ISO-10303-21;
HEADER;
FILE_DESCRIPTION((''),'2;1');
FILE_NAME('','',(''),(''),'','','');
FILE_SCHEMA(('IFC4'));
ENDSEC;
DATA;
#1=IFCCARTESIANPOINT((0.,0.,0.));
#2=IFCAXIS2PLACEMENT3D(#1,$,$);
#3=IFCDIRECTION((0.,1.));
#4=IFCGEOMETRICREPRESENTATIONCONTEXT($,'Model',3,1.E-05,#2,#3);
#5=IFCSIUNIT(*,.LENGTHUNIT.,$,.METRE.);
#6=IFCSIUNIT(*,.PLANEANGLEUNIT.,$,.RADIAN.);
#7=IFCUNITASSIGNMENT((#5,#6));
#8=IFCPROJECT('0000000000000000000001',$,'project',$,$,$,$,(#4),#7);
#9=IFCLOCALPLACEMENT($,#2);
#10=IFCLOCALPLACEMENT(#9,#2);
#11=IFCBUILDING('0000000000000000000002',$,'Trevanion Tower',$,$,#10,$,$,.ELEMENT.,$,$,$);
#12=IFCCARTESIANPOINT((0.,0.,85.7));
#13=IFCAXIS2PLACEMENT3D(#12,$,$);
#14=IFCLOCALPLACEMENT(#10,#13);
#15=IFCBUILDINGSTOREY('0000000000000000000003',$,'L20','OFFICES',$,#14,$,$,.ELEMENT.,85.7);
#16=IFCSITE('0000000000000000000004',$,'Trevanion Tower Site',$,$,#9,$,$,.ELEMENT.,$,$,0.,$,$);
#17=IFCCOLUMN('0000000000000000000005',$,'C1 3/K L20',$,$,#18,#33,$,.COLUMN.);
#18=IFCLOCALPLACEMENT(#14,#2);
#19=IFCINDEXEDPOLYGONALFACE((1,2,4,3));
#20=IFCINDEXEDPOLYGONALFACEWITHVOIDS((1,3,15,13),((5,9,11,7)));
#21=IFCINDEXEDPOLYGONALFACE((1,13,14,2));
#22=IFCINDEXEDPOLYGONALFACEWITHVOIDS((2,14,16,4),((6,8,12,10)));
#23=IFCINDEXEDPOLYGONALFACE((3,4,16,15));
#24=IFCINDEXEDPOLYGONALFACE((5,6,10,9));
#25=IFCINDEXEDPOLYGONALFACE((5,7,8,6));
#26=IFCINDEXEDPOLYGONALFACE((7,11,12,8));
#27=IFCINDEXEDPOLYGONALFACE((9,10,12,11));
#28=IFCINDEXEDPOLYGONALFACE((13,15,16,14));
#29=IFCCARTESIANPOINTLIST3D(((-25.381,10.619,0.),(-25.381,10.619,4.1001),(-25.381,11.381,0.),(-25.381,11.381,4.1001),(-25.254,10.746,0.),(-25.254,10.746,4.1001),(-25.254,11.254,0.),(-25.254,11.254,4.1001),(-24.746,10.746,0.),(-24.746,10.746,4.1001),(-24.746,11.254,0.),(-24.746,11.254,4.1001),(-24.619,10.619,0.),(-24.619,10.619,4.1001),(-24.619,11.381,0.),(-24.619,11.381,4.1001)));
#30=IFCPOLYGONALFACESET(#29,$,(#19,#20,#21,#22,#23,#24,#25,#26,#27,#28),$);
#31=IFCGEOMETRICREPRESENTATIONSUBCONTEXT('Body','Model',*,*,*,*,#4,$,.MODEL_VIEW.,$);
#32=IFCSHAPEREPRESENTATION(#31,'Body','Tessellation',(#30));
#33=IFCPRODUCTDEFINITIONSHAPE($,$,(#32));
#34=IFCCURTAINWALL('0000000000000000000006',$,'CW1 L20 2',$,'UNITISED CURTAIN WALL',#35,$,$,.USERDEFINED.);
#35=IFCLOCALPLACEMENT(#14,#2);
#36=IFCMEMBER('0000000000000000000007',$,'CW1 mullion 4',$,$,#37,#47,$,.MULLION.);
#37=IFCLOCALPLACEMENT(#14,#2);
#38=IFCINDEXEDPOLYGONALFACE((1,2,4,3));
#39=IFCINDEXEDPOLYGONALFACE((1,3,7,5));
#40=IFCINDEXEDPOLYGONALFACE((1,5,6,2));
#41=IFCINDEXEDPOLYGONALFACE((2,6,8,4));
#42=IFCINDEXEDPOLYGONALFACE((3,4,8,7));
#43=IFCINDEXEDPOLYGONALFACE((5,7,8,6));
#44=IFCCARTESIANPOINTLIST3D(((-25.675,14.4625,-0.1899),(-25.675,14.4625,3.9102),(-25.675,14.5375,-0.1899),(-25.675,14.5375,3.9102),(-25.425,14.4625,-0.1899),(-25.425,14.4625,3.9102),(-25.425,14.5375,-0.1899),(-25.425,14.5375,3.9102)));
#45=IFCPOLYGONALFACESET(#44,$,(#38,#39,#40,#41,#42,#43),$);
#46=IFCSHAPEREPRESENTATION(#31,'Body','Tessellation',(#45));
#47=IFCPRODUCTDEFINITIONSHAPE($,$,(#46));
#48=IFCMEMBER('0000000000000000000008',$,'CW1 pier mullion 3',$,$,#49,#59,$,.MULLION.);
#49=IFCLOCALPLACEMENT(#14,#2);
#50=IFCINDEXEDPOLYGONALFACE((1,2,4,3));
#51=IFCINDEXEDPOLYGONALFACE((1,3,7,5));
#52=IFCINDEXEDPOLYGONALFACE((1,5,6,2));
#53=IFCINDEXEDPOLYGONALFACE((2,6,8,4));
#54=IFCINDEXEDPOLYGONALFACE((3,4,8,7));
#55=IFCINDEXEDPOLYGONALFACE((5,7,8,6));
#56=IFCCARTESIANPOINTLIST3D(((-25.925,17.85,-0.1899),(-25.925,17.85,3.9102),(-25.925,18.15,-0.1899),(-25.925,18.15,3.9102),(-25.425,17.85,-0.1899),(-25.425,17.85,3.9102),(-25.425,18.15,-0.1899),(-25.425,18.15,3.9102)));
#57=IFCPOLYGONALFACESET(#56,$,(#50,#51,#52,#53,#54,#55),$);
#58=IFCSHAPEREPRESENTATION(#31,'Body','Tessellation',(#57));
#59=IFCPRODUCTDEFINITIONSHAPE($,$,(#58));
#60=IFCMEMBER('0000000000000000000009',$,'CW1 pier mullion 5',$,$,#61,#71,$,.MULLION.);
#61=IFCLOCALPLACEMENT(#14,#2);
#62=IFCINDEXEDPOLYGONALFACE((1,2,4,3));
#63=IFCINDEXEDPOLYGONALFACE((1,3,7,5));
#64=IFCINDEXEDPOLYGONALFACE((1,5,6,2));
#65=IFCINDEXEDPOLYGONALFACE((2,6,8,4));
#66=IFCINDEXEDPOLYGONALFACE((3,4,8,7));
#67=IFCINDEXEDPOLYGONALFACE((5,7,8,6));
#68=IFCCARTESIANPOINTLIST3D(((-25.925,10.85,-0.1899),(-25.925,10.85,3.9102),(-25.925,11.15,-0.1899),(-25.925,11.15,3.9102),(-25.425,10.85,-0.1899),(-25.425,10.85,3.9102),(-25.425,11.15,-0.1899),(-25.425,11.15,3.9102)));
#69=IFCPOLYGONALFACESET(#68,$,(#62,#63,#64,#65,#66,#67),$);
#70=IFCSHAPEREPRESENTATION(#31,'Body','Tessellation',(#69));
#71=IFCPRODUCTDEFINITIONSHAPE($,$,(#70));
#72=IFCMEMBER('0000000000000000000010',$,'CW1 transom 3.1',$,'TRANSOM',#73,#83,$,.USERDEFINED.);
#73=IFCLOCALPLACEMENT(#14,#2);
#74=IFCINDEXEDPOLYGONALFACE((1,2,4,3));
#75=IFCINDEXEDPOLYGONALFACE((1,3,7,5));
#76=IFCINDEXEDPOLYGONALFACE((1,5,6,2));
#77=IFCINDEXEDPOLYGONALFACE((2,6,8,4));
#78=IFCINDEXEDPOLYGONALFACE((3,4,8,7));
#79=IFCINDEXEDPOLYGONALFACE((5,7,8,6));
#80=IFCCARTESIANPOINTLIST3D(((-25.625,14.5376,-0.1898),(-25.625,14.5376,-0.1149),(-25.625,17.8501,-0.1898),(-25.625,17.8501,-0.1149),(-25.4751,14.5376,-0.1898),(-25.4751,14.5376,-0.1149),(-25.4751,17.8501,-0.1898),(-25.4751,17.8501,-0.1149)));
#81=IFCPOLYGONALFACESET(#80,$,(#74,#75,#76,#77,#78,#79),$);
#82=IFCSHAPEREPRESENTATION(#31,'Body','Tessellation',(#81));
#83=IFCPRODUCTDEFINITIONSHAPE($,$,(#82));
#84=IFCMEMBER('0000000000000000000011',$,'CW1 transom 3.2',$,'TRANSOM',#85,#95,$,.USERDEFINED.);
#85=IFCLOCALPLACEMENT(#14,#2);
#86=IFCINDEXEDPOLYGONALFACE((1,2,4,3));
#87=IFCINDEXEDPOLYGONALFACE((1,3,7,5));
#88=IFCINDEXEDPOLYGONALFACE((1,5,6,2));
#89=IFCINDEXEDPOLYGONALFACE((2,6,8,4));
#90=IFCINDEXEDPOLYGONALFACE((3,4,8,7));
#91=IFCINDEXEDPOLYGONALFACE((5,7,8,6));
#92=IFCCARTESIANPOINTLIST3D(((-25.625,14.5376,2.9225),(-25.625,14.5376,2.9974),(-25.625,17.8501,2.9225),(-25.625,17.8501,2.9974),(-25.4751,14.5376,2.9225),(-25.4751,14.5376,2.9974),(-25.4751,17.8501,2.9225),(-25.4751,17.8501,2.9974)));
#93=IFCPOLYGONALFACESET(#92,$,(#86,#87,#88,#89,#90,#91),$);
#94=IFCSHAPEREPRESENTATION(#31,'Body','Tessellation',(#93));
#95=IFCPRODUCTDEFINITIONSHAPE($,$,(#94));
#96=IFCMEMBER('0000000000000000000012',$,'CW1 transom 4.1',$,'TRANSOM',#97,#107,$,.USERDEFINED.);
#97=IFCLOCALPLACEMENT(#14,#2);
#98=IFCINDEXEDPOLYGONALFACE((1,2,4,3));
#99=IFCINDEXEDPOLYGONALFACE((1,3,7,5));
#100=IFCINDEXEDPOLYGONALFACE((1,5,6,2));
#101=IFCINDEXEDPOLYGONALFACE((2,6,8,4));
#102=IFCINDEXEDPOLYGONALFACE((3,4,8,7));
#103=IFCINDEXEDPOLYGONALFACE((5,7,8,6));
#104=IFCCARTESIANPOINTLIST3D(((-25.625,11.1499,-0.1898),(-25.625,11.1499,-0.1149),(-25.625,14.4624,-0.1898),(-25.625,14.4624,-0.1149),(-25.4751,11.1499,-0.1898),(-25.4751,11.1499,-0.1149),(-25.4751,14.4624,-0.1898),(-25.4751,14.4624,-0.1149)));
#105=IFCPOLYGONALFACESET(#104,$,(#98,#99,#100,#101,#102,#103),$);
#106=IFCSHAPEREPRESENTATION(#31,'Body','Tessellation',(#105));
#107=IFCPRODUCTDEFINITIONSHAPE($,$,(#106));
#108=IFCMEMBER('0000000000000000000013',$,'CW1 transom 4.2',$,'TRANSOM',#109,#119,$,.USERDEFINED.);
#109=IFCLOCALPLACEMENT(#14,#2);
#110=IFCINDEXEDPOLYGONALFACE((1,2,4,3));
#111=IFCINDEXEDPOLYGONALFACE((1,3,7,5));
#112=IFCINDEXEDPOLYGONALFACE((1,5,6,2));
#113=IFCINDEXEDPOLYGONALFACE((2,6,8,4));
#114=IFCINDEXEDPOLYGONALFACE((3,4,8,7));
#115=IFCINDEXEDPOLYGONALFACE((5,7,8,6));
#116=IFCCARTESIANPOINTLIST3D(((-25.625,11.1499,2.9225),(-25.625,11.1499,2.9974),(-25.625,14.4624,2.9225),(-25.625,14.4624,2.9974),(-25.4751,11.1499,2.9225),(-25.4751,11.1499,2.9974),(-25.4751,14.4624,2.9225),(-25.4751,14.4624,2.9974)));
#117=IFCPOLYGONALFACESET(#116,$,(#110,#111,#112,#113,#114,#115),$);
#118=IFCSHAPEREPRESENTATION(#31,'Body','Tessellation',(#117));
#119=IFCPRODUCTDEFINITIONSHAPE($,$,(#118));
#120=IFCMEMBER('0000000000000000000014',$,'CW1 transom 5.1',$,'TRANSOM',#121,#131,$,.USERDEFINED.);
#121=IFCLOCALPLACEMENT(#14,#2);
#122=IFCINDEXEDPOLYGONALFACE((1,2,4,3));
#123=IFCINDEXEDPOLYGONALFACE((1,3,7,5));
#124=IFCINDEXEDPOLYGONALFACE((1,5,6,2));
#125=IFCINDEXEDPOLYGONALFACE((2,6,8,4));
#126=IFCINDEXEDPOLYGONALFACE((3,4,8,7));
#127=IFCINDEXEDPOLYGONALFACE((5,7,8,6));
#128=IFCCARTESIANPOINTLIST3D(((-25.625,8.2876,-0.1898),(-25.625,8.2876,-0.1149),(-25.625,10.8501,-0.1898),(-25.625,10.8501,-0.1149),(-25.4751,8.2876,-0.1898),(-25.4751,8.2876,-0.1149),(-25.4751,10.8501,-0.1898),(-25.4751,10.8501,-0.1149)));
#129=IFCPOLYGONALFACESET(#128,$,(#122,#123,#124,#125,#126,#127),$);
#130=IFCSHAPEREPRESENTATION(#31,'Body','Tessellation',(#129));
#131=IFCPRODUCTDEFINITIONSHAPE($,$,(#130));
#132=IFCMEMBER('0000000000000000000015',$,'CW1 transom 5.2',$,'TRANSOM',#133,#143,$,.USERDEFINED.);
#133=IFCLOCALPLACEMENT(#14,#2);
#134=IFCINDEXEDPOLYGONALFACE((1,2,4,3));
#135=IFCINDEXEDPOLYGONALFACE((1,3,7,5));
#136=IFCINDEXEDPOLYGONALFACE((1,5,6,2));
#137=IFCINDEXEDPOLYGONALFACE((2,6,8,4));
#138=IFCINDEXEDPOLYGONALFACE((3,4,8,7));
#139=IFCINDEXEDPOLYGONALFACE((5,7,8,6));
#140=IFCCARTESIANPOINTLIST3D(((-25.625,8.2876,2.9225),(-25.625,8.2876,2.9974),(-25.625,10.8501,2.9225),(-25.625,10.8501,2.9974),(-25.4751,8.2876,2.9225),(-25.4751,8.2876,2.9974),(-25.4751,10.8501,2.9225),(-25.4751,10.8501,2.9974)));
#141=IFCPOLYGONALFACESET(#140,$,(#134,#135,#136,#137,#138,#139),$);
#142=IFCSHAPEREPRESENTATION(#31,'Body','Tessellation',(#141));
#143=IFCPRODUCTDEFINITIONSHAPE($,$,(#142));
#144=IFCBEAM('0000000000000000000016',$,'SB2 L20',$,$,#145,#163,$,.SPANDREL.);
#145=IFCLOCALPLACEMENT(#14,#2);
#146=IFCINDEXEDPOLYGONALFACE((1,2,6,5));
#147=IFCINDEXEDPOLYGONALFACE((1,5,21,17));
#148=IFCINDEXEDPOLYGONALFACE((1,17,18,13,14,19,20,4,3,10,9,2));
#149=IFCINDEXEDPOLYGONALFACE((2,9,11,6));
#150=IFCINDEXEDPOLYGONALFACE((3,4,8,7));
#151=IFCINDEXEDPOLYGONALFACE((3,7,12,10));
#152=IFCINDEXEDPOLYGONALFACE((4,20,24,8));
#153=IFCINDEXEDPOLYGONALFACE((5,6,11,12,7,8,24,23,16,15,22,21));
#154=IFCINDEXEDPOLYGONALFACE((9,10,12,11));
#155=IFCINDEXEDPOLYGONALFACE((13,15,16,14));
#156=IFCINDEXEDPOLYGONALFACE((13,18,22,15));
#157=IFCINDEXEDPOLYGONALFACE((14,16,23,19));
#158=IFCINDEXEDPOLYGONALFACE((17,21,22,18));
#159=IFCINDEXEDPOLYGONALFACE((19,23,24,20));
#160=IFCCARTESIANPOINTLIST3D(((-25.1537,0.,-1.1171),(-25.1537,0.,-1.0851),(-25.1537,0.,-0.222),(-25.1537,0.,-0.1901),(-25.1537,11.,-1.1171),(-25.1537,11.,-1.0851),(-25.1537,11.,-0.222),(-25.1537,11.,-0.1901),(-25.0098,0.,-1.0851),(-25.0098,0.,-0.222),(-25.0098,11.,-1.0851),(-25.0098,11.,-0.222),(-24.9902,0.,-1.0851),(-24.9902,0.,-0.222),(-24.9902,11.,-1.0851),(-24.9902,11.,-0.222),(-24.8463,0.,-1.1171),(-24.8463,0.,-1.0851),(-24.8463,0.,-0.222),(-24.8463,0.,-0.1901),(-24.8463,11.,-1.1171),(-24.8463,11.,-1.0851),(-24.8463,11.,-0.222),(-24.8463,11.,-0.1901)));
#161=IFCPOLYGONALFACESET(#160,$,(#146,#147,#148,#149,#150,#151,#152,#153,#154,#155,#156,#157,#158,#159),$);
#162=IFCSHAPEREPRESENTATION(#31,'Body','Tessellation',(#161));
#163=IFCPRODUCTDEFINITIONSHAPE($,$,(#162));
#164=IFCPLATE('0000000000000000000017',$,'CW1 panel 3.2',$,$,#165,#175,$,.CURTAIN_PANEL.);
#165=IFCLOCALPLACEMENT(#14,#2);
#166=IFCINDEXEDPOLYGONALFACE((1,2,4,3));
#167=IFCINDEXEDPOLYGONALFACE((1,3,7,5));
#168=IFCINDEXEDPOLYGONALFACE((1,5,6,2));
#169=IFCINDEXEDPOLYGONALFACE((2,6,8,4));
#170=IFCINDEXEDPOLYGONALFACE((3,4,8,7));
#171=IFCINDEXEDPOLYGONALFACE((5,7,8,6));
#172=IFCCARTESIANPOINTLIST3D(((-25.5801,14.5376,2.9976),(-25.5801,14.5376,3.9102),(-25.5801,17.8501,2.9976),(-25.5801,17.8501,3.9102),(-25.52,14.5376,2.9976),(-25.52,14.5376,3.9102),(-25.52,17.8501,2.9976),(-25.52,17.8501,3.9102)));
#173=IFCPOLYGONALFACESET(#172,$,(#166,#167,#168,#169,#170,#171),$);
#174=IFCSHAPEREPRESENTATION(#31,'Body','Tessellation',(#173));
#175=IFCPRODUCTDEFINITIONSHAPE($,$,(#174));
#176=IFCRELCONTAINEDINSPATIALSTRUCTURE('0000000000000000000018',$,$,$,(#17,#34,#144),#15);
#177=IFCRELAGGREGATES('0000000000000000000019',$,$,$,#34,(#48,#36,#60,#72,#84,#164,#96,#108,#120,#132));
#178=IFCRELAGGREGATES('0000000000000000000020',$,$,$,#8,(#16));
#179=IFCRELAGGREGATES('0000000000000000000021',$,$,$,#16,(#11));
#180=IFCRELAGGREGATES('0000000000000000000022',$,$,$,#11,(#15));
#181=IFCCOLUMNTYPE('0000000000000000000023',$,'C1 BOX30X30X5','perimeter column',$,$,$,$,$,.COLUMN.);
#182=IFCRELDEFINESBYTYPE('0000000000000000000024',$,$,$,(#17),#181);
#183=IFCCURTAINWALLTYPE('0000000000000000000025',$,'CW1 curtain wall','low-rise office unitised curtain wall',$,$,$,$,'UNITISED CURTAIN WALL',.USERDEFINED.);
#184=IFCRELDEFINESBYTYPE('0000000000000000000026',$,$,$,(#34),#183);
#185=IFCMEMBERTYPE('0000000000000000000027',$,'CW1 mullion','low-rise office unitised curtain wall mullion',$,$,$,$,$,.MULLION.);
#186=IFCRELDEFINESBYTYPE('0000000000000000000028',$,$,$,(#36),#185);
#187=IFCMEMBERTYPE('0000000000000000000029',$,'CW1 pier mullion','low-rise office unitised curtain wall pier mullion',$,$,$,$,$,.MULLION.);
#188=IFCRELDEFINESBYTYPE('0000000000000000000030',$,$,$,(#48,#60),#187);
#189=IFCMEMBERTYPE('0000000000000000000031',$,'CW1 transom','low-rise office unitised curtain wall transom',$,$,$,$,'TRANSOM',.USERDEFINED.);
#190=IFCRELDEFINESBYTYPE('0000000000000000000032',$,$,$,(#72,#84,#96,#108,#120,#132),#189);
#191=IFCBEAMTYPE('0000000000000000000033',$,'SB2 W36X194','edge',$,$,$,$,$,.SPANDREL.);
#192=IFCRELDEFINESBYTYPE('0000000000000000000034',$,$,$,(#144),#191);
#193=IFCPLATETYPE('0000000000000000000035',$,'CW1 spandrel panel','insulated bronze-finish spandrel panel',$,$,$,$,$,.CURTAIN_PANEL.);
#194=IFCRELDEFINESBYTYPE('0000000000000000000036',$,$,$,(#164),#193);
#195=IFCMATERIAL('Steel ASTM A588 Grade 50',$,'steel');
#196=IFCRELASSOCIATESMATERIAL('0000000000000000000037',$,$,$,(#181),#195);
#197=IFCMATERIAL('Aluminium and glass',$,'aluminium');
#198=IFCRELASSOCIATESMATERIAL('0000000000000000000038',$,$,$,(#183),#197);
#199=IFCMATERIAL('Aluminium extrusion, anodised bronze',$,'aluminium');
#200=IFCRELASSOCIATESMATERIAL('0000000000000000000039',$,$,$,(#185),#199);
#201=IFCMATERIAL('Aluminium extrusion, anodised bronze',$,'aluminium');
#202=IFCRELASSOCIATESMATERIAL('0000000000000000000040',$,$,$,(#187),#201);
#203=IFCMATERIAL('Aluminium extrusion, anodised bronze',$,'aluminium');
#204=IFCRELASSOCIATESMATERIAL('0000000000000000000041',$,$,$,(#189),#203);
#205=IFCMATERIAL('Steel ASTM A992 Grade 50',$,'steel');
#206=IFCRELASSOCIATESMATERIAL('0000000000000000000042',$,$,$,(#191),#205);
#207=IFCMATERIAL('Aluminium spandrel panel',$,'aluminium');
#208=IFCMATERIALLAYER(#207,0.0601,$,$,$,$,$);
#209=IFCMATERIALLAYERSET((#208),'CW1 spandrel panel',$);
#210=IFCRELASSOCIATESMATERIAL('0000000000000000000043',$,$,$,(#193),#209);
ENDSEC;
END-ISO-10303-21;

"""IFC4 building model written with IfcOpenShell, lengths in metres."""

from ifc_helpers import new_model, si_unit, direction, frame, origin, origin_2d, place, context, subcontext, project, spatial, rectangle, hollow_rectangle, i_section, extrude, material, layer, layer_set, material_profile, profile_set, type_object, element, aggregate, save


model = new_model("IFC4")

# Units and contexts
model_context = context("Model", 3, precision=1e-05, world=origin(), true_north=direction((0.0, 1.0)))
body_context = subcontext(model_context, "Body", "Model", "MODEL_VIEW")
ifc_project = project(units=[si_unit("LENGTHUNIT", "METRE"), si_unit("PLANEANGLEUNIT", "RADIAN")], contexts=[model_context])

# Site, building, storey
site_placement = place(None, origin())
site = spatial("IfcSite", under=ifc_project, at=site_placement, Name="Trevanion Tower Site", CompositionType="ELEMENT", RefElevation=0.0)
building_placement = place(site_placement, origin())
building = spatial("IfcBuilding", under=site, at=building_placement, Name="Trevanion Tower", CompositionType="ELEMENT")
storey_placement = place(building_placement, frame((0.0, 0.0, 85.7)))
storey = spatial("IfcBuildingStorey", under=building, at=storey_placement, Name="L20", Description="OFFICES", CompositionType="ELEMENT", Elevation=85.7)

# Column
ifc_material_1 = material(Name="Steel ASTM A588 Grade 50", Category="steel")
ifc_material_profile_1 = material_profile(ifc_material_1, hollow_rectangle(XDim=0.762, YDim=0.762, WallThickness=0.127, at=origin_2d()), Name="BOX30X30X5")
ifc_profile_set_1 = profile_set([ifc_material_profile_1], Name="Steel ASTM A588 Grade 50")
column_type = type_object("IfcColumnType", Name="C1 BOX30X30X5", Description="perimeter column", PredefinedType="COLUMN", material=ifc_profile_set_1)
column_placement = place(storey_placement, frame((-25.0, 11.0, 0.0), z_axis=(0.0, 0.0, 1.0), x_axis=(0.0, 1.0, 0.0)))
element("IfcColumn", 1, at=column_placement, inside=storey, type_object=column_type, Name="C1 3/K L20", PredefinedType="COLUMN", context=body_context, shape_type="SweptSolid", body=[
    extrude(hollow_rectangle(XDim=0.762, YDim=0.762, WallThickness=0.127, at=origin_2d()), origin(), (0.0, 0.0, 1.0), 4.1001),
])

# Curtain wall, members
ifc_material_2 = material(Name="Aluminium and glass", Category="aluminium")
curtain_wall_type = type_object("IfcCurtainWallType", Name="CW1 curtain wall", Description="low-rise office unitised curtain wall", ElementType="UNITISED CURTAIN WALL", PredefinedType="USERDEFINED", material=ifc_material_2)
curtain_wall_placement = place(storey_placement, origin())
curtain_wall = element("IfcCurtainWall", 2, at=curtain_wall_placement, inside=storey, type_object=curtain_wall_type, Name="CW1 L20 2", ObjectType="UNITISED CURTAIN WALL", PredefinedType="USERDEFINED")
ifc_material_3 = material(Name="Aluminium extrusion, anodised bronze", Category="aluminium")
ifc_material_profile_2 = material_profile(ifc_material_3, rectangle(XDim=0.075, YDim=0.25, at=origin_2d()), Name="CW1 mullion")
ifc_profile_set_2 = profile_set([ifc_material_profile_2], Name="Aluminium extrusion, anodised bronze")
member_type_1 = type_object("IfcMemberType", Name="CW1 mullion", Description="low-rise office unitised curtain wall mullion", PredefinedType="MULLION", material=ifc_profile_set_2)
member_1_placement = place(storey_placement, frame((-25.55, 14.5, -0.1899), z_axis=(0.0, 0.0, 1.0), x_axis=(0.0, -1.0, 0.0)))
member_1 = element("IfcMember", 3, at=member_1_placement, type_object=member_type_1, Name="CW1 mullion 4", PredefinedType="MULLION", context=body_context, shape_type="SweptSolid", body=[
    extrude(rectangle(XDim=0.075, YDim=0.25, at=origin_2d()), origin(), (0.0, 0.0, 1.0), 4.1001),
])
ifc_material_4 = material(Name="Aluminium extrusion, anodised bronze", Category="aluminium")
ifc_material_profile_3 = material_profile(ifc_material_4, rectangle(XDim=0.3, YDim=0.5, at=origin_2d()), Name="CW1 pier mullion")
ifc_profile_set_3 = profile_set([ifc_material_profile_3], Name="Aluminium extrusion, anodised bronze")
member_type_2 = type_object("IfcMemberType", Name="CW1 pier mullion", Description="low-rise office unitised curtain wall pier mullion", PredefinedType="MULLION", material=ifc_profile_set_3)
member_2_placement = place(storey_placement, frame((-25.675, 18.0, -0.1899), z_axis=(0.0, 0.0, 1.0), x_axis=(0.0, -1.0, 0.0)))
member_2 = element("IfcMember", 4, at=member_2_placement, type_object=member_type_2, Name="CW1 pier mullion 3", PredefinedType="MULLION", context=body_context, shape_type="SweptSolid", body=[
    extrude(rectangle(XDim=0.3, YDim=0.5, at=origin_2d()), origin(), (0.0, 0.0, 1.0), 4.1001),
])
member_3_placement = place(storey_placement, frame((-25.675, 11.0, -0.1899), z_axis=(0.0, 0.0, 1.0), x_axis=(0.0, -1.0, 0.0)))
member_3 = element("IfcMember", 5, at=member_3_placement, type_object=member_type_2, Name="CW1 pier mullion 5", PredefinedType="MULLION", context=body_context, shape_type="SweptSolid", body=[
    extrude(rectangle(XDim=0.3, YDim=0.5, at=origin_2d()), origin(), (0.0, 0.0, 1.0), 4.1001),
])
ifc_material_5 = material(Name="Aluminium extrusion, anodised bronze", Category="aluminium")
ifc_material_profile_4 = material_profile(ifc_material_5, rectangle(XDim=0.1499, YDim=0.075, at=origin_2d()), Name="CW1 transom")
ifc_profile_set_4 = profile_set([ifc_material_profile_4], Name="Aluminium extrusion, anodised bronze")
member_type_3 = type_object("IfcMemberType", Name="CW1 transom", Description="low-rise office unitised curtain wall transom", ElementType="TRANSOM", PredefinedType="USERDEFINED", material=ifc_profile_set_4)
member_4_placement = place(storey_placement, frame((-25.55, 17.8501, -0.1523), z_axis=(0.0, -1.0, 0.0), x_axis=(1.0, 0.0, 0.0)))
member_4 = element("IfcMember", 6, at=member_4_placement, type_object=member_type_3, Name="CW1 transom 3.1", ObjectType="TRANSOM", PredefinedType="USERDEFINED", context=body_context, shape_type="SweptSolid", body=[
    extrude(rectangle(XDim=0.1499, YDim=0.075, at=origin_2d()), origin(), (0.0, 0.0, 1.0), 3.3125),
])
member_5_placement = place(storey_placement, frame((-25.55, 17.8501, 2.96), z_axis=(0.0, -1.0, 0.0), x_axis=(1.0, 0.0, 0.0)))
member_5 = element("IfcMember", 7, at=member_5_placement, type_object=member_type_3, Name="CW1 transom 3.2", ObjectType="TRANSOM", PredefinedType="USERDEFINED", context=body_context, shape_type="SweptSolid", body=[
    extrude(rectangle(XDim=0.1499, YDim=0.075, at=origin_2d()), origin(), (0.0, 0.0, 1.0), 3.3125),
])
member_6_placement = place(storey_placement, frame((-25.55, 14.4624, -0.1523), z_axis=(0.0, -1.0, 0.0), x_axis=(1.0, 0.0, 0.0)))
member_6 = element("IfcMember", 8, at=member_6_placement, type_object=member_type_3, Name="CW1 transom 4.1", ObjectType="TRANSOM", PredefinedType="USERDEFINED", context=body_context, shape_type="SweptSolid", body=[
    extrude(rectangle(XDim=0.1499, YDim=0.075, at=origin_2d()), origin(), (0.0, 0.0, 1.0), 3.3125),
])
member_7_placement = place(storey_placement, frame((-25.55, 14.4624, 2.96), z_axis=(0.0, -1.0, 0.0), x_axis=(1.0, 0.0, 0.0)))
member_7 = element("IfcMember", 9, at=member_7_placement, type_object=member_type_3, Name="CW1 transom 4.2", ObjectType="TRANSOM", PredefinedType="USERDEFINED", context=body_context, shape_type="SweptSolid", body=[
    extrude(rectangle(XDim=0.1499, YDim=0.075, at=origin_2d()), origin(), (0.0, 0.0, 1.0), 3.3125),
])
member_8_placement = place(storey_placement, frame((-25.55, 10.8501, -0.1523), z_axis=(0.0, -1.0, 0.0), x_axis=(1.0, 0.0, 0.0)))
member_8 = element("IfcMember", 10, at=member_8_placement, type_object=member_type_3, Name="CW1 transom 5.1", ObjectType="TRANSOM", PredefinedType="USERDEFINED", context=body_context, shape_type="SweptSolid", body=[
    extrude(rectangle(XDim=0.1499, YDim=0.075, at=origin_2d()), origin(), (0.0, 0.0, 1.0), 2.5625),
])
member_9_placement = place(storey_placement, frame((-25.55, 10.8501, 2.96), z_axis=(0.0, -1.0, 0.0), x_axis=(1.0, 0.0, 0.0)))
member_9 = element("IfcMember", 11, at=member_9_placement, type_object=member_type_3, Name="CW1 transom 5.2", ObjectType="TRANSOM", PredefinedType="USERDEFINED", context=body_context, shape_type="SweptSolid", body=[
    extrude(rectangle(XDim=0.1499, YDim=0.075, at=origin_2d()), origin(), (0.0, 0.0, 1.0), 2.5625),
])

# Beam
ifc_material_6 = material(Name="Steel ASTM A992 Grade 50", Category="steel")
ifc_material_profile_5 = material_profile(ifc_material_6, i_section(OverallWidth=0.3074, OverallDepth=0.927, WebThickness=0.0195, FlangeThickness=0.032, at=origin_2d()), Name="W36X194")
ifc_profile_set_5 = profile_set([ifc_material_profile_5], Name="Steel ASTM A992 Grade 50")
beam_type = type_object("IfcBeamType", Name="SB2 W36X194", Description="edge", PredefinedType="SPANDREL", material=ifc_profile_set_5)
beam_placement = place(storey_placement, frame((-25.0, 11.0, -0.6536), z_axis=(0.0, -1.0, 0.0), x_axis=(1.0, 0.0, 0.0)))
element("IfcBeam", 12, at=beam_placement, inside=storey, type_object=beam_type, Name="SB2 L20", PredefinedType="SPANDREL", context=body_context, shape_type="SweptSolid", body=[
    extrude(i_section(OverallWidth=0.3074, OverallDepth=0.927, WebThickness=0.0195, FlangeThickness=0.032, at=origin_2d()), origin(), (0.0, 0.0, 1.0), 11.0),
])

# Plate
ifc_material_7 = material(Name="Aluminium spandrel panel", Category="aluminium")
ifc_layer_1 = layer(ifc_material_7, 0.0601)
ifc_layer_set_1 = layer_set([ifc_layer_1], Name="CW1 spandrel panel")
plate_type_1 = type_object("IfcPlateType", Name="CW1 spandrel panel", Description="insulated bronze-finish spandrel panel", PredefinedType="CURTAIN_PANEL", material=ifc_layer_set_1)
plate_1_placement = place(storey_placement, frame((-25.55, 16.1938, 2.9976), z_axis=(0.0, 0.0, 1.0), x_axis=(0.0, -1.0, 0.0)))
plate_1 = element("IfcPlate", 13, at=plate_1_placement, type_object=plate_type_1, Name="CW1 panel 3.2", PredefinedType="CURTAIN_PANEL", context=body_context, shape_type="SweptSolid", body=[
    extrude(rectangle(XDim=3.3125, YDim=0.0601, at=origin_2d()), origin(), (0.0, 0.0, 1.0), 0.9126),
])
aggregate(curtain_wall, [member_2, member_1, member_3, member_4, member_5, plate_1, member_6, member_7, member_8, member_9])

save(model, "model.ifc")
